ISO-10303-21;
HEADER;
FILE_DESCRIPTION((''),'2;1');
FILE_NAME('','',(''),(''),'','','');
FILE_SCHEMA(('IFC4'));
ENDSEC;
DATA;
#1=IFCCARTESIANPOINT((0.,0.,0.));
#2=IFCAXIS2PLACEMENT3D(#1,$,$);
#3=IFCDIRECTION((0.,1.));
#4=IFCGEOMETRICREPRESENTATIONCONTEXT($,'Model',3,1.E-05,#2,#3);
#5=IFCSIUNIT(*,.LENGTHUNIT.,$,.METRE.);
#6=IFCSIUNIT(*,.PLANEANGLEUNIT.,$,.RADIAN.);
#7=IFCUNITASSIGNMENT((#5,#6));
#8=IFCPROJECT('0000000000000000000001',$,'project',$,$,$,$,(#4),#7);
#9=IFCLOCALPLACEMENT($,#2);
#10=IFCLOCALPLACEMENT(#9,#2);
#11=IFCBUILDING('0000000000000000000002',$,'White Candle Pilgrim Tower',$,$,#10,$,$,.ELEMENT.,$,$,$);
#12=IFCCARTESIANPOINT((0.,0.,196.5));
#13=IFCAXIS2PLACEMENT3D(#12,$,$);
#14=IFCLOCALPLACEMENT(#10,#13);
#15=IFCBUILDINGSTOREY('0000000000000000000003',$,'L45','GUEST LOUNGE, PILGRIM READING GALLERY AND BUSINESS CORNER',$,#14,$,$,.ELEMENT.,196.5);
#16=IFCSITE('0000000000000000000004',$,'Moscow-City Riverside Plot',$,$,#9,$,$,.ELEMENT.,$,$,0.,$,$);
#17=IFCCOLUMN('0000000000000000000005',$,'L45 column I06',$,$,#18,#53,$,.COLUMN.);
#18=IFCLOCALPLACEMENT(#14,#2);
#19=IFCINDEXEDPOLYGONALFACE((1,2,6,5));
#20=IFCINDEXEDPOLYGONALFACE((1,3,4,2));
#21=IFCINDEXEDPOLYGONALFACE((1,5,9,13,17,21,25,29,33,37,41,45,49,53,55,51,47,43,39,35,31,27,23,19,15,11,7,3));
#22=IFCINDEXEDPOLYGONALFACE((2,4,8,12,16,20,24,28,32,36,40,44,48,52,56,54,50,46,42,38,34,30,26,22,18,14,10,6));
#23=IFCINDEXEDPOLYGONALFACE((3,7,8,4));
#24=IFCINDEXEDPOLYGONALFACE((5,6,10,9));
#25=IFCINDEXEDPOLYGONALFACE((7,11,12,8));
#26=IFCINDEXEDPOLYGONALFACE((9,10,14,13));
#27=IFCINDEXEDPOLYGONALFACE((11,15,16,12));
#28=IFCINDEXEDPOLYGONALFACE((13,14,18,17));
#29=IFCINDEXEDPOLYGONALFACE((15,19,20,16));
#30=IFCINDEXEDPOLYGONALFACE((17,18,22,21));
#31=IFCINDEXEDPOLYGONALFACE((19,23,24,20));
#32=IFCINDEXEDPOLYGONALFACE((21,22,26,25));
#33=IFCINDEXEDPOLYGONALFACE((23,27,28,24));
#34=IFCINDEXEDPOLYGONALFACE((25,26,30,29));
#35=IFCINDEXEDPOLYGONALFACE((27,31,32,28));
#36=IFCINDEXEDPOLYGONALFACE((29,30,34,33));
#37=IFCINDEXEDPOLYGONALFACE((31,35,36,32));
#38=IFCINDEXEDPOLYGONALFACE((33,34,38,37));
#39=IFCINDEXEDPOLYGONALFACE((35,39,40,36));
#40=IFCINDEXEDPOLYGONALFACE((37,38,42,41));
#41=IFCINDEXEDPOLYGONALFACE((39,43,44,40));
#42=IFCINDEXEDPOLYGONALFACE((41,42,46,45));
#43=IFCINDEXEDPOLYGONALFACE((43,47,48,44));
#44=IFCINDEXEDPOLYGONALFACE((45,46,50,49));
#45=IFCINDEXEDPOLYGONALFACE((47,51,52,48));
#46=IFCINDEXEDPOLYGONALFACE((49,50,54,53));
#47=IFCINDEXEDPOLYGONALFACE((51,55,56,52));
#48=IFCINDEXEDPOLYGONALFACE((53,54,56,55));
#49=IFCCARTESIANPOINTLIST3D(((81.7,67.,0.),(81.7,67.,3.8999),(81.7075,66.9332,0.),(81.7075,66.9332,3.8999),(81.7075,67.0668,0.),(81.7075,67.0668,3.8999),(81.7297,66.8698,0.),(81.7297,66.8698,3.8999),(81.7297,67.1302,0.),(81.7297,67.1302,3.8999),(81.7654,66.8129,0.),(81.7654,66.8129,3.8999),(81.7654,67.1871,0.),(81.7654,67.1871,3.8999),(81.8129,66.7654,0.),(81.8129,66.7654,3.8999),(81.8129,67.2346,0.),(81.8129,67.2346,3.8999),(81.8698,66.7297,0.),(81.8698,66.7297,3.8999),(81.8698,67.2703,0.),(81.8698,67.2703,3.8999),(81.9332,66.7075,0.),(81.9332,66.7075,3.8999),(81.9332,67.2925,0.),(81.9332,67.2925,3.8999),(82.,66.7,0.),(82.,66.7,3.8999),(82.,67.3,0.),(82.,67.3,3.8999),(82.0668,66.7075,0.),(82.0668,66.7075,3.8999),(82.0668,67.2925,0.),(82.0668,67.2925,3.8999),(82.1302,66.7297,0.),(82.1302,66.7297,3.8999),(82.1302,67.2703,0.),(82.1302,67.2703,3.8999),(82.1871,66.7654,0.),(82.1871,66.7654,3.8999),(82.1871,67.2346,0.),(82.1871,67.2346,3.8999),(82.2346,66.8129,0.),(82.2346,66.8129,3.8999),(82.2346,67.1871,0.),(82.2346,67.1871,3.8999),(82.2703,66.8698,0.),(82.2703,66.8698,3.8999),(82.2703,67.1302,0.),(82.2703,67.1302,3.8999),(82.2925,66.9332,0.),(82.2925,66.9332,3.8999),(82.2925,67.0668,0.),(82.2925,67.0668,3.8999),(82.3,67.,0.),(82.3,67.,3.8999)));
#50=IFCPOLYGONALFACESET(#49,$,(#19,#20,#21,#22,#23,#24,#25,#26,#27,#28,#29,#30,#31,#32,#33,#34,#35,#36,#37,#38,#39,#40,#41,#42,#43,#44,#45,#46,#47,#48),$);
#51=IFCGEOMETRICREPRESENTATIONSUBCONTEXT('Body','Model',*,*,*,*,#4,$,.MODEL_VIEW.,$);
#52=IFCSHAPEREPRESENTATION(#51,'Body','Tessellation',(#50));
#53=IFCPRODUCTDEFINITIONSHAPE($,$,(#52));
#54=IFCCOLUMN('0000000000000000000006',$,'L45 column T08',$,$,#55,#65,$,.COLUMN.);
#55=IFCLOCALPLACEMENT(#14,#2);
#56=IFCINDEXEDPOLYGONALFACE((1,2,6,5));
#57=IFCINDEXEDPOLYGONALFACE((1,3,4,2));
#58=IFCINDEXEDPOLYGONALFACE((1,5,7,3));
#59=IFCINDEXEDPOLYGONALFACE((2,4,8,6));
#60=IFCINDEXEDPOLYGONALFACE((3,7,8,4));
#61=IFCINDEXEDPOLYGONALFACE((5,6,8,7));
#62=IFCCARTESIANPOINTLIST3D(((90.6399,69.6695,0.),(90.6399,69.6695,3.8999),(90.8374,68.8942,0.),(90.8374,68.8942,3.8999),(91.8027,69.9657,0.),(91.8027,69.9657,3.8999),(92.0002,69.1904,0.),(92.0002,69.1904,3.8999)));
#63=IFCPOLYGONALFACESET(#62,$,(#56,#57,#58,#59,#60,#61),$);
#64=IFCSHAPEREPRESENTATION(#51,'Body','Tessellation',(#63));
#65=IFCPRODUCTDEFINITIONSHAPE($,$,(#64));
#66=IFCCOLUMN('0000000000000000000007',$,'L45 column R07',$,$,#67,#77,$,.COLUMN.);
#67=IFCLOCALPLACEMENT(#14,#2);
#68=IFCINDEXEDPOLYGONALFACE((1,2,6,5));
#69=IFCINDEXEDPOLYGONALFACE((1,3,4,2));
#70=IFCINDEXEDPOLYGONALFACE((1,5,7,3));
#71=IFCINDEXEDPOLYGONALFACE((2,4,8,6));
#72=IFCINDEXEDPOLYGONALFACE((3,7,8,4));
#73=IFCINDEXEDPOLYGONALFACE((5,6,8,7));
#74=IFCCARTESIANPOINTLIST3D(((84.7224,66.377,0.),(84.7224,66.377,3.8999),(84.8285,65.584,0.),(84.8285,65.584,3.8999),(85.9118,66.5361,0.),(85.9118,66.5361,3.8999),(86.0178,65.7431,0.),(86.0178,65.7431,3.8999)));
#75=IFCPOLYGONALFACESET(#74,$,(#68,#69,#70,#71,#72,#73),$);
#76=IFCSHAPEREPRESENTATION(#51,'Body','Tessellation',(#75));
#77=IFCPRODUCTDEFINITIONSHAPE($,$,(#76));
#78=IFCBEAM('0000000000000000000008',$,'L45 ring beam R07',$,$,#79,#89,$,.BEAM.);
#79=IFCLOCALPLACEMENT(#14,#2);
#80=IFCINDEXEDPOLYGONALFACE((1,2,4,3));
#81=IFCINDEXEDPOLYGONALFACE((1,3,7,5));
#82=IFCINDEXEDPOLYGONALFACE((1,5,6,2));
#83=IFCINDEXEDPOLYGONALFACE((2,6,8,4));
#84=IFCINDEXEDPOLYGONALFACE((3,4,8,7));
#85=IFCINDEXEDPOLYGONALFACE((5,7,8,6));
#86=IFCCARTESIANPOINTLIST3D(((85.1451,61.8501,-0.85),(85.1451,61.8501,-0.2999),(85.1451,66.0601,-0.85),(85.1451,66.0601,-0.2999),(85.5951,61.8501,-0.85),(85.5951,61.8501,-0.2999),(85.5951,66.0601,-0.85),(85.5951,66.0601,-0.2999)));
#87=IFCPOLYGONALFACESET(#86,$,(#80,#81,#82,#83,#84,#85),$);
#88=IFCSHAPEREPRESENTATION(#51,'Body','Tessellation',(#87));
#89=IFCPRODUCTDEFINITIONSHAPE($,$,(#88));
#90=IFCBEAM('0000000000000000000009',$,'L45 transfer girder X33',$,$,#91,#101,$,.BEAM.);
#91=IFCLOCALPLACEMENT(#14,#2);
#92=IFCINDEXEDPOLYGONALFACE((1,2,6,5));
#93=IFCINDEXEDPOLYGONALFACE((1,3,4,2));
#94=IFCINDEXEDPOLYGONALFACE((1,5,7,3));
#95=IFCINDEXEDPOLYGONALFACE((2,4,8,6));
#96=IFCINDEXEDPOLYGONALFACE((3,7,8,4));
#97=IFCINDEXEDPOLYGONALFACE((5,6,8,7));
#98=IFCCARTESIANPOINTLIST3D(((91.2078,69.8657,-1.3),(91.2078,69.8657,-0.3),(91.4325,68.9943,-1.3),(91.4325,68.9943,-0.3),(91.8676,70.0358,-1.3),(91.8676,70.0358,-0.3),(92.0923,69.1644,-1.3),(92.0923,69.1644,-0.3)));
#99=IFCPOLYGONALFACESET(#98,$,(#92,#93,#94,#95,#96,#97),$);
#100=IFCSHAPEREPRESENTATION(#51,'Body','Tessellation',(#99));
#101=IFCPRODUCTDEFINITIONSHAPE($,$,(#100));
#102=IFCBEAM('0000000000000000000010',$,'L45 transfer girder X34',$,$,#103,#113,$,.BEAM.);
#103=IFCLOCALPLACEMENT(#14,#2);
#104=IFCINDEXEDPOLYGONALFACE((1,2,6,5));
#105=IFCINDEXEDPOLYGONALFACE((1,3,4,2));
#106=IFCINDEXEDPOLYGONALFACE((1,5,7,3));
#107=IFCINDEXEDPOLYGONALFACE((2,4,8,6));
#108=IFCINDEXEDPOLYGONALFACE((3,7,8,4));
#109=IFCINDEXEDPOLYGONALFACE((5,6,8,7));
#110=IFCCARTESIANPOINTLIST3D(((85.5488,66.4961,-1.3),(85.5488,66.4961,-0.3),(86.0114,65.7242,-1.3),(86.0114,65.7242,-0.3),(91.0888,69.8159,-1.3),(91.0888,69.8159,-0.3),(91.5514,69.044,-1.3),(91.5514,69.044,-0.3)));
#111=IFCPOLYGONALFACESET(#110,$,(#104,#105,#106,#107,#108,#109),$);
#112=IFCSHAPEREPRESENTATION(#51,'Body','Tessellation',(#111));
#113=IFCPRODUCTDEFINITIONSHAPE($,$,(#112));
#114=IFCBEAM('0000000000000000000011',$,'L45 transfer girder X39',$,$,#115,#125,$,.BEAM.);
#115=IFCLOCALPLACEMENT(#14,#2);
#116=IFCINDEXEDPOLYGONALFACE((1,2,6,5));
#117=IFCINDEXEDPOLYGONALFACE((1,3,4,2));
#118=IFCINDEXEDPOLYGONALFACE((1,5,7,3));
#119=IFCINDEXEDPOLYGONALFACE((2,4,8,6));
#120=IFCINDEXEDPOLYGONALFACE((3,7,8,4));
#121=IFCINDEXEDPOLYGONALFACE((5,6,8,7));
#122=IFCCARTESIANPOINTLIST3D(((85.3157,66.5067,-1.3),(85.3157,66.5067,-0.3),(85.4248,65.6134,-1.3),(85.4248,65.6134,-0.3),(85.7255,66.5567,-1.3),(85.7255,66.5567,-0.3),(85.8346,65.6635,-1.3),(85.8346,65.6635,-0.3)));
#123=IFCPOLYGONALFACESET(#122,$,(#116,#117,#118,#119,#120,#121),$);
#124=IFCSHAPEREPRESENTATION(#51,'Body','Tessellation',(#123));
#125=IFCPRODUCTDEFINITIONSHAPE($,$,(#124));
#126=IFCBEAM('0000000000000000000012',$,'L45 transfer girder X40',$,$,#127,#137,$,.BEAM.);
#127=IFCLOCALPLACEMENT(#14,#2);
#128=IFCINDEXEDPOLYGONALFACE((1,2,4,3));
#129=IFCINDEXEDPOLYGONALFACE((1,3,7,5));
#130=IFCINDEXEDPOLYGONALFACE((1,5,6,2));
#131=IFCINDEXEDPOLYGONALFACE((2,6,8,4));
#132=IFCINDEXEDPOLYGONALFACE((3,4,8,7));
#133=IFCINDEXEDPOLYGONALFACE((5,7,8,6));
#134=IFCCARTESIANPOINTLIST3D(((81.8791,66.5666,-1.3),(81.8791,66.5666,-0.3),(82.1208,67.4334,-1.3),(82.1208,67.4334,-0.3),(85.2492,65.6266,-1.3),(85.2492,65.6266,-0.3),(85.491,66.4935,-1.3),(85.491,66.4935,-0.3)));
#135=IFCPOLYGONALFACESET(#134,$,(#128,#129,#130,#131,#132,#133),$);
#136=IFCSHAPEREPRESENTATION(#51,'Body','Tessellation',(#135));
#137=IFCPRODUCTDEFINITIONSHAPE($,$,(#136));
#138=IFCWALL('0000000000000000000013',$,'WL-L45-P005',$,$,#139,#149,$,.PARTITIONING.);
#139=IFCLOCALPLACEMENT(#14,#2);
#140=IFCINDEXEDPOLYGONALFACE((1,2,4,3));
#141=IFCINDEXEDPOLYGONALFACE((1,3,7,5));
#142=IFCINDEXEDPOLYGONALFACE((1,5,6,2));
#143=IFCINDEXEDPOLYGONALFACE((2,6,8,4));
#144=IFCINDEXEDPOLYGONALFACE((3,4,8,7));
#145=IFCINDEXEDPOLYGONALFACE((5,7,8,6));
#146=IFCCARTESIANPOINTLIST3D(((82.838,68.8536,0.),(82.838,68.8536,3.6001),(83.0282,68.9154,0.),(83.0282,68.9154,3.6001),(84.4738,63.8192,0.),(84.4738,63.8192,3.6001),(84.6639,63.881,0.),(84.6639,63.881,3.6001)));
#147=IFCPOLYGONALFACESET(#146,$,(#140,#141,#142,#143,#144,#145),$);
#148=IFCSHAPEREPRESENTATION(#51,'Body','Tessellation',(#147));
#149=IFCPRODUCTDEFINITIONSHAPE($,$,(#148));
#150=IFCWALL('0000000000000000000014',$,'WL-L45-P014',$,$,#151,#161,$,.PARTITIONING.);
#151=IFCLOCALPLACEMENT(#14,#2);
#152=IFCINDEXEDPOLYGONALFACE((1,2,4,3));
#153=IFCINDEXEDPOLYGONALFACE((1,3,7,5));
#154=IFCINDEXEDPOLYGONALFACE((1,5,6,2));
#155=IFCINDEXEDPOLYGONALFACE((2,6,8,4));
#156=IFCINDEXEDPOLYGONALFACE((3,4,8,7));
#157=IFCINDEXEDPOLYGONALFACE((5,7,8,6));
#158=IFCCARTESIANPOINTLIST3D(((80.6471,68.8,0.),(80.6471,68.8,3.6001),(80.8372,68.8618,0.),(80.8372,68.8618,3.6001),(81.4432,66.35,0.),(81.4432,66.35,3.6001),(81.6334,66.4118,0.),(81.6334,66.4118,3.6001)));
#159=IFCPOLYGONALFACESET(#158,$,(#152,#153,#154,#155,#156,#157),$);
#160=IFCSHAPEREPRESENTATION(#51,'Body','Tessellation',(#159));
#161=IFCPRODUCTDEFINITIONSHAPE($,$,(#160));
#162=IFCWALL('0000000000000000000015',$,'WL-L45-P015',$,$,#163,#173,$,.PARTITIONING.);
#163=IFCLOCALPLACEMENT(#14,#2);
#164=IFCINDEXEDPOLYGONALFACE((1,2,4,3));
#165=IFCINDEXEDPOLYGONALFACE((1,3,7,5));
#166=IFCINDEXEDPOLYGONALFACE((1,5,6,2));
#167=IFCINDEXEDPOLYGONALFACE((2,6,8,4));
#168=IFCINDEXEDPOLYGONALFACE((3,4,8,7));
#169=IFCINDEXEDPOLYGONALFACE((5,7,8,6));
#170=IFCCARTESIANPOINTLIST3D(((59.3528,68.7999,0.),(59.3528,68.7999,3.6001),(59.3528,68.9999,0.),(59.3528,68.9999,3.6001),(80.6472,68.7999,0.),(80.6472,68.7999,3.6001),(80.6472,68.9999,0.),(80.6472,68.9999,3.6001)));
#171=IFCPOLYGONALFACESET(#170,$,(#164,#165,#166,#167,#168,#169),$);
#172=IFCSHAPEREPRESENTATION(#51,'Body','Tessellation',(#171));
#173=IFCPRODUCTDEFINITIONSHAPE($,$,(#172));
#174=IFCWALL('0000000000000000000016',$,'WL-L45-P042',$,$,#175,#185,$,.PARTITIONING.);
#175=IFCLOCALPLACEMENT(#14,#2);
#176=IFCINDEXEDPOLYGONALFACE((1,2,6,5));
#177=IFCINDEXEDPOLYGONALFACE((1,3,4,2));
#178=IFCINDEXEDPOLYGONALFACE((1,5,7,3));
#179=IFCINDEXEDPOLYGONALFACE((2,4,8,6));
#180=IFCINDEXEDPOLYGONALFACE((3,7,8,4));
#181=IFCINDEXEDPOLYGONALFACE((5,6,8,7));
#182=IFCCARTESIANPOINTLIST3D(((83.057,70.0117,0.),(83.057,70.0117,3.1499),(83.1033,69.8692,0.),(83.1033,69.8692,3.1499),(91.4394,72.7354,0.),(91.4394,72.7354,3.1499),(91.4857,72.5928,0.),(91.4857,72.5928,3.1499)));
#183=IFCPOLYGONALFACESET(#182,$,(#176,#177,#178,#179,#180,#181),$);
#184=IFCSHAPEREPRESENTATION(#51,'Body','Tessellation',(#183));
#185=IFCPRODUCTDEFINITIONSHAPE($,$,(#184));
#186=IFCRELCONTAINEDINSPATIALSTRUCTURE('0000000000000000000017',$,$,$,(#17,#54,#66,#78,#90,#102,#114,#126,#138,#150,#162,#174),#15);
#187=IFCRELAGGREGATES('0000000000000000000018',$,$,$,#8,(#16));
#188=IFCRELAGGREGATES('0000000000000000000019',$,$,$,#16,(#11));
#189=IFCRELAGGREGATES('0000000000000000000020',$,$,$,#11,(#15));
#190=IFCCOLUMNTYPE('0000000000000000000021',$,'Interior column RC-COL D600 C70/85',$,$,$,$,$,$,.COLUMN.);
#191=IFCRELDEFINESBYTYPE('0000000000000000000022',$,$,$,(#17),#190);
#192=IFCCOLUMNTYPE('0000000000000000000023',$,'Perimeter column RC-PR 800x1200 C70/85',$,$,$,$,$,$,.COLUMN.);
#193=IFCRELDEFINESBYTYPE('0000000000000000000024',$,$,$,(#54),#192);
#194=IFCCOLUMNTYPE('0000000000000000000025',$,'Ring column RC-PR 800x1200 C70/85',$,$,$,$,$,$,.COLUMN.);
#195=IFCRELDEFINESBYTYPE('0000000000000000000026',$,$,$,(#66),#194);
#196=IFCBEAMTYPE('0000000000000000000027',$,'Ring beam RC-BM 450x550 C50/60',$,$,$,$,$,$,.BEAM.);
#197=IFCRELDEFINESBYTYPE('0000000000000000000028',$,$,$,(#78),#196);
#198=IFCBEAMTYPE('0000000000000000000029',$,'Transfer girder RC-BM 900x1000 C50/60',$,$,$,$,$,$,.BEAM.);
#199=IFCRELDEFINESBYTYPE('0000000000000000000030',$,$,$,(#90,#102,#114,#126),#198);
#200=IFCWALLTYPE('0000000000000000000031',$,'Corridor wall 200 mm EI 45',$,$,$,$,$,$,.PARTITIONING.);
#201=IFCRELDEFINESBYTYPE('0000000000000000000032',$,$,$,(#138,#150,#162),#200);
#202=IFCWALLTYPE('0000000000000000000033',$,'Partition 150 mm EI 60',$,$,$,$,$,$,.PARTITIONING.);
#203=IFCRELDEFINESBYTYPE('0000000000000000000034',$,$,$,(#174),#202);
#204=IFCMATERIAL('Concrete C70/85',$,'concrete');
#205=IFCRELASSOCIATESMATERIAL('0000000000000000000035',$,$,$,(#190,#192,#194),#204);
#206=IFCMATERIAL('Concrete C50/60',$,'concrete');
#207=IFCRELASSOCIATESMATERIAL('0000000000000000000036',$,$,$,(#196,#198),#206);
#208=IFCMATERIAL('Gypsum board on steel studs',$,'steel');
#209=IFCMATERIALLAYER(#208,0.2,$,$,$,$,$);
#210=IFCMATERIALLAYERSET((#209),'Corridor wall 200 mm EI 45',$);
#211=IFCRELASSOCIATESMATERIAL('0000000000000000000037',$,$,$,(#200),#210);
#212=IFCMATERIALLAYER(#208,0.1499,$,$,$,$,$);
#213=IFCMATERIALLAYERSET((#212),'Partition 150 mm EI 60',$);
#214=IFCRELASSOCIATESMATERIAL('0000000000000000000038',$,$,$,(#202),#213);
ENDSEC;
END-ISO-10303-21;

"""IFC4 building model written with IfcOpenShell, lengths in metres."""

from ifc_helpers import new_model, si_unit, direction, frame, frame_2d, origin, origin_2d, place, context, subcontext, project, spatial, rectangle, circle, extrude, material, layer, layer_set, material_profile, profile_set, type_object, element, save


model = new_model("IFC4")

# Units and contexts
model_context = context("Model", 3, precision=1e-05, world=origin(), true_north=direction((0.0, 1.0)))
body_context = subcontext(model_context, "Body", "Model", "MODEL_VIEW")
ifc_project = project(units=[si_unit("LENGTHUNIT", "METRE"), si_unit("PLANEANGLEUNIT", "RADIAN")], contexts=[model_context])

# Site, building, storey
site_placement = place(None, origin())
site = spatial("IfcSite", under=ifc_project, at=site_placement, Name="Moscow-City Riverside Plot", CompositionType="ELEMENT", RefElevation=0.0)
building_placement = place(site_placement, origin())
building = spatial("IfcBuilding", under=site, at=building_placement, Name="White Candle Pilgrim Tower", CompositionType="ELEMENT")
storey_placement = place(building_placement, frame((0.0, 0.0, 196.5)))
storey = spatial("IfcBuildingStorey", under=building, at=storey_placement, Name="L45", Description="GUEST LOUNGE, PILGRIM READING GALLERY AND BUSINESS CORNER", CompositionType="ELEMENT", Elevation=196.5)

# Columns
ifc_material_1 = material(Name="Concrete C70/85", Category="concrete")
ifc_material_profile_1 = material_profile(ifc_material_1, circle(Radius=0.3, at=origin_2d()), Name="RC-COL D600")
ifc_profile_set_1 = profile_set([ifc_material_profile_1], Name="Concrete C70/85")
column_type_1 = type_object("IfcColumnType", Name="Interior column RC-COL D600 C70/85", PredefinedType="COLUMN", material=ifc_profile_set_1)
column_1_placement = place(storey_placement, frame((82.0, 67.0, 0.0), z_axis=(0.0, 0.0, 1.0), x_axis=(1.0, 0.0, 0.0)))
element("IfcColumn", 1, at=column_1_placement, inside=storey, type_object=column_type_1, Name="L45 column I06", PredefinedType="COLUMN", context=body_context, shape_type="SweptSolid", body=[
    extrude(circle(Radius=0.3, at=origin_2d()), origin(), (0.0, 0.0, 1.0), 3.8999),
])
ifc_material_profile_2 = material_profile(ifc_material_1, rectangle(XDim=0.8, YDim=1.2, at=origin_2d()), Name="RC-PR 800x1200")
ifc_profile_set_2 = profile_set([ifc_material_profile_2], Name="Concrete C70/85")
column_type_2 = type_object("IfcColumnType", Name="Perimeter column RC-PR 800x1200 C70/85", PredefinedType="COLUMN", material=ifc_profile_set_2)
column_2_placement = place(storey_placement, frame((91.3201, 69.4299, 0.0), z_axis=(0.0, 0.0, 1.0), x_axis=(0.246881, -0.969046, 0.0)))
element("IfcColumn", 2, at=column_2_placement, inside=storey, type_object=column_type_2, Name="L45 column T08", PredefinedType="COLUMN", context=body_context, shape_type="SweptSolid", body=[
    extrude(rectangle(XDim=0.8, YDim=1.2, at=origin_2d()), origin(), (0.0, 0.0, 1.0), 3.8999),
])
ifc_material_profile_3 = material_profile(ifc_material_1, rectangle(XDim=0.8, YDim=1.2, at=origin_2d()), Name="RC-PR 800x1200")
ifc_profile_set_3 = profile_set([ifc_material_profile_3], Name="Concrete C70/85")
column_type_3 = type_object("IfcColumnType", Name="Ring column RC-PR 800x1200 C70/85", PredefinedType="COLUMN", material=ifc_profile_set_3)
column_3_placement = place(storey_placement, frame((85.3701, 66.0601, 0.0), z_axis=(0.0, 0.0, 1.0), x_axis=(0.132602, -0.991169, 0.0)))
element("IfcColumn", 3, at=column_3_placement, inside=storey, type_object=column_type_3, Name="L45 column R07", PredefinedType="COLUMN", context=body_context, shape_type="SweptSolid", body=[
    extrude(rectangle(XDim=0.8, YDim=1.2, at=origin_2d()), origin(), (0.0, 0.0, 1.0), 3.8999),
])

# Beams
ifc_material_2 = material(Name="Concrete C50/60", Category="concrete")
ifc_material_profile_4 = material_profile(ifc_material_2, rectangle(XDim=0.45, YDim=0.55, at=origin_2d()), Name="RC-BM 450x550")
ifc_profile_set_4 = profile_set([ifc_material_profile_4], Name="Concrete C50/60")
beam_type_1 = type_object("IfcBeamType", Name="Ring beam RC-BM 450x550 C50/60", PredefinedType="BEAM", material=ifc_profile_set_4)
beam_1_placement = place(storey_placement, frame((85.3701, 66.0601, -0.575), z_axis=(0.0, -1.0, 0.0), x_axis=(1.0, 0.0, 0.0)))
element("IfcBeam", 4, at=beam_1_placement, inside=storey, type_object=beam_type_1, Name="L45 ring beam R07", PredefinedType="BEAM", context=body_context, shape_type="SweptSolid", body=[
    extrude(rectangle(XDim=0.45, YDim=0.55, at=origin_2d()), origin(), (0.0, 0.0, 1.0), 4.21),
])
ifc_material_profile_5 = material_profile(ifc_material_2, rectangle(XDim=0.8999, YDim=1.0, at=origin_2d()), Name="RC-BM 900x1000")
ifc_profile_set_5 = profile_set([ifc_material_profile_5], Name="Concrete C50/60")
beam_type_2 = type_object("IfcBeamType", Name="Transfer girder RC-BM 900x1000 C50/60", PredefinedType="BEAM", material=ifc_profile_set_5)
beam_2_placement = place(storey_placement, frame((91.98, 69.6001, -0.8), z_axis=(-0.968325, -0.249694, 0.0), x_axis=(0.249694, -0.968325, 0.0)))
element("IfcBeam", 5, at=beam_2_placement, inside=storey, type_object=beam_type_2, Name="L45 transfer girder X33", PredefinedType="BEAM", context=body_context, shape_type="SweptSolid", body=[
    extrude(rectangle(XDim=0.8999, YDim=1.0, at=origin_2d()), origin(), (0.0, 0.0, 1.0), 0.6814),
])
beam_3_placement = place(storey_placement, frame((91.3201, 69.4299, -0.8), z_axis=(-0.85778, -0.514018, 0.0), x_axis=(0.514018, -0.85778, 0.0)))
element("IfcBeam", 6, at=beam_3_placement, inside=storey, type_object=beam_type_2, Name="L45 transfer girder X34", PredefinedType="BEAM", context=body_context, shape_type="SweptSolid", body=[
    extrude(rectangle(XDim=0.8999, YDim=1.0, at=origin_2d()), origin(), (0.0, 0.0, 1.0), 6.4585),
])
beam_4_placement = place(storey_placement, frame((85.78, 66.1101, -0.8), z_axis=(-0.992629, -0.121196, 0.0), x_axis=(0.121196, -0.992629, 0.0)))
element("IfcBeam", 7, at=beam_4_placement, inside=storey, type_object=beam_type_2, Name="L45 transfer girder X39", PredefinedType="BEAM", context=body_context, shape_type="SweptSolid", body=[
    extrude(rectangle(XDim=0.8999, YDim=1.0, at=origin_2d()), origin(), (0.0, 0.0, 1.0), 0.4128),
])
beam_5_placement = place(storey_placement, frame((85.3701, 66.0601, -0.8), z_axis=(-0.963237, 0.268651, 0.0), x_axis=(-0.268651, -0.963237, 0.0)))
element("IfcBeam", 8, at=beam_5_placement, inside=storey, type_object=beam_type_2, Name="L45 transfer girder X40", PredefinedType="BEAM", context=body_context, shape_type="SweptSolid", body=[
    extrude(rectangle(XDim=0.8999, YDim=1.0, at=origin_2d()), origin(), (0.0, 0.0, 1.0), 3.4988),
])

# Walls
ifc_material_3 = material(Name="Gypsum board on steel studs", Category="steel")
ifc_layer_1 = layer(ifc_material_3, 0.2)
ifc_layer_set_1 = layer_set([ifc_layer_1], Name="Corridor wall 200 mm EI 45")
wall_type_1 = type_object("IfcWallType", Name="Corridor wall 200 mm EI 45", PredefinedType="PARTITIONING", material=ifc_layer_set_1)
wall_1_placement = place(storey_placement, frame((82.9331, 68.8845, 0.0), z_axis=(0.0, 0.0, 1.0), x_axis=(0.30901, -0.951059, 0.0)))
element("IfcWall", 9, at=wall_1_placement, inside=storey, type_object=wall_type_1, Name="WL-L45-P005", PredefinedType="PARTITIONING", context=body_context, shape_type="SweptSolid", body=[
    extrude(rectangle(XDim=5.2935, YDim=0.2, at=frame_2d((2.6467, 0.0))), origin(), (0.0, 0.0, 1.0), 3.6001),
])
wall_2_placement = place(storey_placement, frame((81.5383, 66.3809, 0.0), z_axis=(0.0, 0.0, 1.0), x_axis=(-0.309054, 0.951045, 0.0)))
element("IfcWall", 10, at=wall_2_placement, inside=storey, type_object=wall_type_1, Name="WL-L45-P014", PredefinedType="PARTITIONING", context=body_context, shape_type="SweptSolid", body=[
    extrude(rectangle(XDim=2.5762, YDim=0.2, at=frame_2d((1.2881, 0.0))), origin(), (0.0, 0.0, 1.0), 3.6001),
])
wall_3_placement = place(storey_placement, frame((80.6472, 68.8999, 0.0), z_axis=(0.0, 0.0, 1.0), x_axis=(-1.0, 0.0, 0.0)))
element("IfcWall", 11, at=wall_3_placement, inside=storey, type_object=wall_type_1, Name="WL-L45-P015", PredefinedType="PARTITIONING", context=body_context, shape_type="SweptSolid", body=[
    extrude(rectangle(XDim=21.2944, YDim=0.2, at=frame_2d((10.6472, 0.0))), origin(), (0.0, 0.0, 1.0), 3.6001),
])
ifc_layer_2 = layer(ifc_material_3, 0.1499)
ifc_layer_set_2 = layer_set([ifc_layer_2], Name="Partition 150 mm EI 60")
wall_type_2 = type_object("IfcWallType", Name="Partition 150 mm EI 60", PredefinedType="PARTITIONING", material=ifc_layer_set_2)
wall_4_placement = place(storey_placement, frame((91.4624, 72.6641, 0.0), z_axis=(0.0, 0.0, 1.0), x_axis=(-0.951055, -0.309022, 0.0)))
element("IfcWall", 12, at=wall_4_placement, inside=storey, type_object=wall_type_2, Name="WL-L45-P042", PredefinedType="PARTITIONING", context=body_context, shape_type="SweptSolid", body=[
    extrude(rectangle(XDim=8.8137, YDim=0.1499, at=frame_2d((4.4067, 0.0))), origin(), (0.0, 0.0, 1.0), 3.1499),
])

save(model, "model.ifc")
